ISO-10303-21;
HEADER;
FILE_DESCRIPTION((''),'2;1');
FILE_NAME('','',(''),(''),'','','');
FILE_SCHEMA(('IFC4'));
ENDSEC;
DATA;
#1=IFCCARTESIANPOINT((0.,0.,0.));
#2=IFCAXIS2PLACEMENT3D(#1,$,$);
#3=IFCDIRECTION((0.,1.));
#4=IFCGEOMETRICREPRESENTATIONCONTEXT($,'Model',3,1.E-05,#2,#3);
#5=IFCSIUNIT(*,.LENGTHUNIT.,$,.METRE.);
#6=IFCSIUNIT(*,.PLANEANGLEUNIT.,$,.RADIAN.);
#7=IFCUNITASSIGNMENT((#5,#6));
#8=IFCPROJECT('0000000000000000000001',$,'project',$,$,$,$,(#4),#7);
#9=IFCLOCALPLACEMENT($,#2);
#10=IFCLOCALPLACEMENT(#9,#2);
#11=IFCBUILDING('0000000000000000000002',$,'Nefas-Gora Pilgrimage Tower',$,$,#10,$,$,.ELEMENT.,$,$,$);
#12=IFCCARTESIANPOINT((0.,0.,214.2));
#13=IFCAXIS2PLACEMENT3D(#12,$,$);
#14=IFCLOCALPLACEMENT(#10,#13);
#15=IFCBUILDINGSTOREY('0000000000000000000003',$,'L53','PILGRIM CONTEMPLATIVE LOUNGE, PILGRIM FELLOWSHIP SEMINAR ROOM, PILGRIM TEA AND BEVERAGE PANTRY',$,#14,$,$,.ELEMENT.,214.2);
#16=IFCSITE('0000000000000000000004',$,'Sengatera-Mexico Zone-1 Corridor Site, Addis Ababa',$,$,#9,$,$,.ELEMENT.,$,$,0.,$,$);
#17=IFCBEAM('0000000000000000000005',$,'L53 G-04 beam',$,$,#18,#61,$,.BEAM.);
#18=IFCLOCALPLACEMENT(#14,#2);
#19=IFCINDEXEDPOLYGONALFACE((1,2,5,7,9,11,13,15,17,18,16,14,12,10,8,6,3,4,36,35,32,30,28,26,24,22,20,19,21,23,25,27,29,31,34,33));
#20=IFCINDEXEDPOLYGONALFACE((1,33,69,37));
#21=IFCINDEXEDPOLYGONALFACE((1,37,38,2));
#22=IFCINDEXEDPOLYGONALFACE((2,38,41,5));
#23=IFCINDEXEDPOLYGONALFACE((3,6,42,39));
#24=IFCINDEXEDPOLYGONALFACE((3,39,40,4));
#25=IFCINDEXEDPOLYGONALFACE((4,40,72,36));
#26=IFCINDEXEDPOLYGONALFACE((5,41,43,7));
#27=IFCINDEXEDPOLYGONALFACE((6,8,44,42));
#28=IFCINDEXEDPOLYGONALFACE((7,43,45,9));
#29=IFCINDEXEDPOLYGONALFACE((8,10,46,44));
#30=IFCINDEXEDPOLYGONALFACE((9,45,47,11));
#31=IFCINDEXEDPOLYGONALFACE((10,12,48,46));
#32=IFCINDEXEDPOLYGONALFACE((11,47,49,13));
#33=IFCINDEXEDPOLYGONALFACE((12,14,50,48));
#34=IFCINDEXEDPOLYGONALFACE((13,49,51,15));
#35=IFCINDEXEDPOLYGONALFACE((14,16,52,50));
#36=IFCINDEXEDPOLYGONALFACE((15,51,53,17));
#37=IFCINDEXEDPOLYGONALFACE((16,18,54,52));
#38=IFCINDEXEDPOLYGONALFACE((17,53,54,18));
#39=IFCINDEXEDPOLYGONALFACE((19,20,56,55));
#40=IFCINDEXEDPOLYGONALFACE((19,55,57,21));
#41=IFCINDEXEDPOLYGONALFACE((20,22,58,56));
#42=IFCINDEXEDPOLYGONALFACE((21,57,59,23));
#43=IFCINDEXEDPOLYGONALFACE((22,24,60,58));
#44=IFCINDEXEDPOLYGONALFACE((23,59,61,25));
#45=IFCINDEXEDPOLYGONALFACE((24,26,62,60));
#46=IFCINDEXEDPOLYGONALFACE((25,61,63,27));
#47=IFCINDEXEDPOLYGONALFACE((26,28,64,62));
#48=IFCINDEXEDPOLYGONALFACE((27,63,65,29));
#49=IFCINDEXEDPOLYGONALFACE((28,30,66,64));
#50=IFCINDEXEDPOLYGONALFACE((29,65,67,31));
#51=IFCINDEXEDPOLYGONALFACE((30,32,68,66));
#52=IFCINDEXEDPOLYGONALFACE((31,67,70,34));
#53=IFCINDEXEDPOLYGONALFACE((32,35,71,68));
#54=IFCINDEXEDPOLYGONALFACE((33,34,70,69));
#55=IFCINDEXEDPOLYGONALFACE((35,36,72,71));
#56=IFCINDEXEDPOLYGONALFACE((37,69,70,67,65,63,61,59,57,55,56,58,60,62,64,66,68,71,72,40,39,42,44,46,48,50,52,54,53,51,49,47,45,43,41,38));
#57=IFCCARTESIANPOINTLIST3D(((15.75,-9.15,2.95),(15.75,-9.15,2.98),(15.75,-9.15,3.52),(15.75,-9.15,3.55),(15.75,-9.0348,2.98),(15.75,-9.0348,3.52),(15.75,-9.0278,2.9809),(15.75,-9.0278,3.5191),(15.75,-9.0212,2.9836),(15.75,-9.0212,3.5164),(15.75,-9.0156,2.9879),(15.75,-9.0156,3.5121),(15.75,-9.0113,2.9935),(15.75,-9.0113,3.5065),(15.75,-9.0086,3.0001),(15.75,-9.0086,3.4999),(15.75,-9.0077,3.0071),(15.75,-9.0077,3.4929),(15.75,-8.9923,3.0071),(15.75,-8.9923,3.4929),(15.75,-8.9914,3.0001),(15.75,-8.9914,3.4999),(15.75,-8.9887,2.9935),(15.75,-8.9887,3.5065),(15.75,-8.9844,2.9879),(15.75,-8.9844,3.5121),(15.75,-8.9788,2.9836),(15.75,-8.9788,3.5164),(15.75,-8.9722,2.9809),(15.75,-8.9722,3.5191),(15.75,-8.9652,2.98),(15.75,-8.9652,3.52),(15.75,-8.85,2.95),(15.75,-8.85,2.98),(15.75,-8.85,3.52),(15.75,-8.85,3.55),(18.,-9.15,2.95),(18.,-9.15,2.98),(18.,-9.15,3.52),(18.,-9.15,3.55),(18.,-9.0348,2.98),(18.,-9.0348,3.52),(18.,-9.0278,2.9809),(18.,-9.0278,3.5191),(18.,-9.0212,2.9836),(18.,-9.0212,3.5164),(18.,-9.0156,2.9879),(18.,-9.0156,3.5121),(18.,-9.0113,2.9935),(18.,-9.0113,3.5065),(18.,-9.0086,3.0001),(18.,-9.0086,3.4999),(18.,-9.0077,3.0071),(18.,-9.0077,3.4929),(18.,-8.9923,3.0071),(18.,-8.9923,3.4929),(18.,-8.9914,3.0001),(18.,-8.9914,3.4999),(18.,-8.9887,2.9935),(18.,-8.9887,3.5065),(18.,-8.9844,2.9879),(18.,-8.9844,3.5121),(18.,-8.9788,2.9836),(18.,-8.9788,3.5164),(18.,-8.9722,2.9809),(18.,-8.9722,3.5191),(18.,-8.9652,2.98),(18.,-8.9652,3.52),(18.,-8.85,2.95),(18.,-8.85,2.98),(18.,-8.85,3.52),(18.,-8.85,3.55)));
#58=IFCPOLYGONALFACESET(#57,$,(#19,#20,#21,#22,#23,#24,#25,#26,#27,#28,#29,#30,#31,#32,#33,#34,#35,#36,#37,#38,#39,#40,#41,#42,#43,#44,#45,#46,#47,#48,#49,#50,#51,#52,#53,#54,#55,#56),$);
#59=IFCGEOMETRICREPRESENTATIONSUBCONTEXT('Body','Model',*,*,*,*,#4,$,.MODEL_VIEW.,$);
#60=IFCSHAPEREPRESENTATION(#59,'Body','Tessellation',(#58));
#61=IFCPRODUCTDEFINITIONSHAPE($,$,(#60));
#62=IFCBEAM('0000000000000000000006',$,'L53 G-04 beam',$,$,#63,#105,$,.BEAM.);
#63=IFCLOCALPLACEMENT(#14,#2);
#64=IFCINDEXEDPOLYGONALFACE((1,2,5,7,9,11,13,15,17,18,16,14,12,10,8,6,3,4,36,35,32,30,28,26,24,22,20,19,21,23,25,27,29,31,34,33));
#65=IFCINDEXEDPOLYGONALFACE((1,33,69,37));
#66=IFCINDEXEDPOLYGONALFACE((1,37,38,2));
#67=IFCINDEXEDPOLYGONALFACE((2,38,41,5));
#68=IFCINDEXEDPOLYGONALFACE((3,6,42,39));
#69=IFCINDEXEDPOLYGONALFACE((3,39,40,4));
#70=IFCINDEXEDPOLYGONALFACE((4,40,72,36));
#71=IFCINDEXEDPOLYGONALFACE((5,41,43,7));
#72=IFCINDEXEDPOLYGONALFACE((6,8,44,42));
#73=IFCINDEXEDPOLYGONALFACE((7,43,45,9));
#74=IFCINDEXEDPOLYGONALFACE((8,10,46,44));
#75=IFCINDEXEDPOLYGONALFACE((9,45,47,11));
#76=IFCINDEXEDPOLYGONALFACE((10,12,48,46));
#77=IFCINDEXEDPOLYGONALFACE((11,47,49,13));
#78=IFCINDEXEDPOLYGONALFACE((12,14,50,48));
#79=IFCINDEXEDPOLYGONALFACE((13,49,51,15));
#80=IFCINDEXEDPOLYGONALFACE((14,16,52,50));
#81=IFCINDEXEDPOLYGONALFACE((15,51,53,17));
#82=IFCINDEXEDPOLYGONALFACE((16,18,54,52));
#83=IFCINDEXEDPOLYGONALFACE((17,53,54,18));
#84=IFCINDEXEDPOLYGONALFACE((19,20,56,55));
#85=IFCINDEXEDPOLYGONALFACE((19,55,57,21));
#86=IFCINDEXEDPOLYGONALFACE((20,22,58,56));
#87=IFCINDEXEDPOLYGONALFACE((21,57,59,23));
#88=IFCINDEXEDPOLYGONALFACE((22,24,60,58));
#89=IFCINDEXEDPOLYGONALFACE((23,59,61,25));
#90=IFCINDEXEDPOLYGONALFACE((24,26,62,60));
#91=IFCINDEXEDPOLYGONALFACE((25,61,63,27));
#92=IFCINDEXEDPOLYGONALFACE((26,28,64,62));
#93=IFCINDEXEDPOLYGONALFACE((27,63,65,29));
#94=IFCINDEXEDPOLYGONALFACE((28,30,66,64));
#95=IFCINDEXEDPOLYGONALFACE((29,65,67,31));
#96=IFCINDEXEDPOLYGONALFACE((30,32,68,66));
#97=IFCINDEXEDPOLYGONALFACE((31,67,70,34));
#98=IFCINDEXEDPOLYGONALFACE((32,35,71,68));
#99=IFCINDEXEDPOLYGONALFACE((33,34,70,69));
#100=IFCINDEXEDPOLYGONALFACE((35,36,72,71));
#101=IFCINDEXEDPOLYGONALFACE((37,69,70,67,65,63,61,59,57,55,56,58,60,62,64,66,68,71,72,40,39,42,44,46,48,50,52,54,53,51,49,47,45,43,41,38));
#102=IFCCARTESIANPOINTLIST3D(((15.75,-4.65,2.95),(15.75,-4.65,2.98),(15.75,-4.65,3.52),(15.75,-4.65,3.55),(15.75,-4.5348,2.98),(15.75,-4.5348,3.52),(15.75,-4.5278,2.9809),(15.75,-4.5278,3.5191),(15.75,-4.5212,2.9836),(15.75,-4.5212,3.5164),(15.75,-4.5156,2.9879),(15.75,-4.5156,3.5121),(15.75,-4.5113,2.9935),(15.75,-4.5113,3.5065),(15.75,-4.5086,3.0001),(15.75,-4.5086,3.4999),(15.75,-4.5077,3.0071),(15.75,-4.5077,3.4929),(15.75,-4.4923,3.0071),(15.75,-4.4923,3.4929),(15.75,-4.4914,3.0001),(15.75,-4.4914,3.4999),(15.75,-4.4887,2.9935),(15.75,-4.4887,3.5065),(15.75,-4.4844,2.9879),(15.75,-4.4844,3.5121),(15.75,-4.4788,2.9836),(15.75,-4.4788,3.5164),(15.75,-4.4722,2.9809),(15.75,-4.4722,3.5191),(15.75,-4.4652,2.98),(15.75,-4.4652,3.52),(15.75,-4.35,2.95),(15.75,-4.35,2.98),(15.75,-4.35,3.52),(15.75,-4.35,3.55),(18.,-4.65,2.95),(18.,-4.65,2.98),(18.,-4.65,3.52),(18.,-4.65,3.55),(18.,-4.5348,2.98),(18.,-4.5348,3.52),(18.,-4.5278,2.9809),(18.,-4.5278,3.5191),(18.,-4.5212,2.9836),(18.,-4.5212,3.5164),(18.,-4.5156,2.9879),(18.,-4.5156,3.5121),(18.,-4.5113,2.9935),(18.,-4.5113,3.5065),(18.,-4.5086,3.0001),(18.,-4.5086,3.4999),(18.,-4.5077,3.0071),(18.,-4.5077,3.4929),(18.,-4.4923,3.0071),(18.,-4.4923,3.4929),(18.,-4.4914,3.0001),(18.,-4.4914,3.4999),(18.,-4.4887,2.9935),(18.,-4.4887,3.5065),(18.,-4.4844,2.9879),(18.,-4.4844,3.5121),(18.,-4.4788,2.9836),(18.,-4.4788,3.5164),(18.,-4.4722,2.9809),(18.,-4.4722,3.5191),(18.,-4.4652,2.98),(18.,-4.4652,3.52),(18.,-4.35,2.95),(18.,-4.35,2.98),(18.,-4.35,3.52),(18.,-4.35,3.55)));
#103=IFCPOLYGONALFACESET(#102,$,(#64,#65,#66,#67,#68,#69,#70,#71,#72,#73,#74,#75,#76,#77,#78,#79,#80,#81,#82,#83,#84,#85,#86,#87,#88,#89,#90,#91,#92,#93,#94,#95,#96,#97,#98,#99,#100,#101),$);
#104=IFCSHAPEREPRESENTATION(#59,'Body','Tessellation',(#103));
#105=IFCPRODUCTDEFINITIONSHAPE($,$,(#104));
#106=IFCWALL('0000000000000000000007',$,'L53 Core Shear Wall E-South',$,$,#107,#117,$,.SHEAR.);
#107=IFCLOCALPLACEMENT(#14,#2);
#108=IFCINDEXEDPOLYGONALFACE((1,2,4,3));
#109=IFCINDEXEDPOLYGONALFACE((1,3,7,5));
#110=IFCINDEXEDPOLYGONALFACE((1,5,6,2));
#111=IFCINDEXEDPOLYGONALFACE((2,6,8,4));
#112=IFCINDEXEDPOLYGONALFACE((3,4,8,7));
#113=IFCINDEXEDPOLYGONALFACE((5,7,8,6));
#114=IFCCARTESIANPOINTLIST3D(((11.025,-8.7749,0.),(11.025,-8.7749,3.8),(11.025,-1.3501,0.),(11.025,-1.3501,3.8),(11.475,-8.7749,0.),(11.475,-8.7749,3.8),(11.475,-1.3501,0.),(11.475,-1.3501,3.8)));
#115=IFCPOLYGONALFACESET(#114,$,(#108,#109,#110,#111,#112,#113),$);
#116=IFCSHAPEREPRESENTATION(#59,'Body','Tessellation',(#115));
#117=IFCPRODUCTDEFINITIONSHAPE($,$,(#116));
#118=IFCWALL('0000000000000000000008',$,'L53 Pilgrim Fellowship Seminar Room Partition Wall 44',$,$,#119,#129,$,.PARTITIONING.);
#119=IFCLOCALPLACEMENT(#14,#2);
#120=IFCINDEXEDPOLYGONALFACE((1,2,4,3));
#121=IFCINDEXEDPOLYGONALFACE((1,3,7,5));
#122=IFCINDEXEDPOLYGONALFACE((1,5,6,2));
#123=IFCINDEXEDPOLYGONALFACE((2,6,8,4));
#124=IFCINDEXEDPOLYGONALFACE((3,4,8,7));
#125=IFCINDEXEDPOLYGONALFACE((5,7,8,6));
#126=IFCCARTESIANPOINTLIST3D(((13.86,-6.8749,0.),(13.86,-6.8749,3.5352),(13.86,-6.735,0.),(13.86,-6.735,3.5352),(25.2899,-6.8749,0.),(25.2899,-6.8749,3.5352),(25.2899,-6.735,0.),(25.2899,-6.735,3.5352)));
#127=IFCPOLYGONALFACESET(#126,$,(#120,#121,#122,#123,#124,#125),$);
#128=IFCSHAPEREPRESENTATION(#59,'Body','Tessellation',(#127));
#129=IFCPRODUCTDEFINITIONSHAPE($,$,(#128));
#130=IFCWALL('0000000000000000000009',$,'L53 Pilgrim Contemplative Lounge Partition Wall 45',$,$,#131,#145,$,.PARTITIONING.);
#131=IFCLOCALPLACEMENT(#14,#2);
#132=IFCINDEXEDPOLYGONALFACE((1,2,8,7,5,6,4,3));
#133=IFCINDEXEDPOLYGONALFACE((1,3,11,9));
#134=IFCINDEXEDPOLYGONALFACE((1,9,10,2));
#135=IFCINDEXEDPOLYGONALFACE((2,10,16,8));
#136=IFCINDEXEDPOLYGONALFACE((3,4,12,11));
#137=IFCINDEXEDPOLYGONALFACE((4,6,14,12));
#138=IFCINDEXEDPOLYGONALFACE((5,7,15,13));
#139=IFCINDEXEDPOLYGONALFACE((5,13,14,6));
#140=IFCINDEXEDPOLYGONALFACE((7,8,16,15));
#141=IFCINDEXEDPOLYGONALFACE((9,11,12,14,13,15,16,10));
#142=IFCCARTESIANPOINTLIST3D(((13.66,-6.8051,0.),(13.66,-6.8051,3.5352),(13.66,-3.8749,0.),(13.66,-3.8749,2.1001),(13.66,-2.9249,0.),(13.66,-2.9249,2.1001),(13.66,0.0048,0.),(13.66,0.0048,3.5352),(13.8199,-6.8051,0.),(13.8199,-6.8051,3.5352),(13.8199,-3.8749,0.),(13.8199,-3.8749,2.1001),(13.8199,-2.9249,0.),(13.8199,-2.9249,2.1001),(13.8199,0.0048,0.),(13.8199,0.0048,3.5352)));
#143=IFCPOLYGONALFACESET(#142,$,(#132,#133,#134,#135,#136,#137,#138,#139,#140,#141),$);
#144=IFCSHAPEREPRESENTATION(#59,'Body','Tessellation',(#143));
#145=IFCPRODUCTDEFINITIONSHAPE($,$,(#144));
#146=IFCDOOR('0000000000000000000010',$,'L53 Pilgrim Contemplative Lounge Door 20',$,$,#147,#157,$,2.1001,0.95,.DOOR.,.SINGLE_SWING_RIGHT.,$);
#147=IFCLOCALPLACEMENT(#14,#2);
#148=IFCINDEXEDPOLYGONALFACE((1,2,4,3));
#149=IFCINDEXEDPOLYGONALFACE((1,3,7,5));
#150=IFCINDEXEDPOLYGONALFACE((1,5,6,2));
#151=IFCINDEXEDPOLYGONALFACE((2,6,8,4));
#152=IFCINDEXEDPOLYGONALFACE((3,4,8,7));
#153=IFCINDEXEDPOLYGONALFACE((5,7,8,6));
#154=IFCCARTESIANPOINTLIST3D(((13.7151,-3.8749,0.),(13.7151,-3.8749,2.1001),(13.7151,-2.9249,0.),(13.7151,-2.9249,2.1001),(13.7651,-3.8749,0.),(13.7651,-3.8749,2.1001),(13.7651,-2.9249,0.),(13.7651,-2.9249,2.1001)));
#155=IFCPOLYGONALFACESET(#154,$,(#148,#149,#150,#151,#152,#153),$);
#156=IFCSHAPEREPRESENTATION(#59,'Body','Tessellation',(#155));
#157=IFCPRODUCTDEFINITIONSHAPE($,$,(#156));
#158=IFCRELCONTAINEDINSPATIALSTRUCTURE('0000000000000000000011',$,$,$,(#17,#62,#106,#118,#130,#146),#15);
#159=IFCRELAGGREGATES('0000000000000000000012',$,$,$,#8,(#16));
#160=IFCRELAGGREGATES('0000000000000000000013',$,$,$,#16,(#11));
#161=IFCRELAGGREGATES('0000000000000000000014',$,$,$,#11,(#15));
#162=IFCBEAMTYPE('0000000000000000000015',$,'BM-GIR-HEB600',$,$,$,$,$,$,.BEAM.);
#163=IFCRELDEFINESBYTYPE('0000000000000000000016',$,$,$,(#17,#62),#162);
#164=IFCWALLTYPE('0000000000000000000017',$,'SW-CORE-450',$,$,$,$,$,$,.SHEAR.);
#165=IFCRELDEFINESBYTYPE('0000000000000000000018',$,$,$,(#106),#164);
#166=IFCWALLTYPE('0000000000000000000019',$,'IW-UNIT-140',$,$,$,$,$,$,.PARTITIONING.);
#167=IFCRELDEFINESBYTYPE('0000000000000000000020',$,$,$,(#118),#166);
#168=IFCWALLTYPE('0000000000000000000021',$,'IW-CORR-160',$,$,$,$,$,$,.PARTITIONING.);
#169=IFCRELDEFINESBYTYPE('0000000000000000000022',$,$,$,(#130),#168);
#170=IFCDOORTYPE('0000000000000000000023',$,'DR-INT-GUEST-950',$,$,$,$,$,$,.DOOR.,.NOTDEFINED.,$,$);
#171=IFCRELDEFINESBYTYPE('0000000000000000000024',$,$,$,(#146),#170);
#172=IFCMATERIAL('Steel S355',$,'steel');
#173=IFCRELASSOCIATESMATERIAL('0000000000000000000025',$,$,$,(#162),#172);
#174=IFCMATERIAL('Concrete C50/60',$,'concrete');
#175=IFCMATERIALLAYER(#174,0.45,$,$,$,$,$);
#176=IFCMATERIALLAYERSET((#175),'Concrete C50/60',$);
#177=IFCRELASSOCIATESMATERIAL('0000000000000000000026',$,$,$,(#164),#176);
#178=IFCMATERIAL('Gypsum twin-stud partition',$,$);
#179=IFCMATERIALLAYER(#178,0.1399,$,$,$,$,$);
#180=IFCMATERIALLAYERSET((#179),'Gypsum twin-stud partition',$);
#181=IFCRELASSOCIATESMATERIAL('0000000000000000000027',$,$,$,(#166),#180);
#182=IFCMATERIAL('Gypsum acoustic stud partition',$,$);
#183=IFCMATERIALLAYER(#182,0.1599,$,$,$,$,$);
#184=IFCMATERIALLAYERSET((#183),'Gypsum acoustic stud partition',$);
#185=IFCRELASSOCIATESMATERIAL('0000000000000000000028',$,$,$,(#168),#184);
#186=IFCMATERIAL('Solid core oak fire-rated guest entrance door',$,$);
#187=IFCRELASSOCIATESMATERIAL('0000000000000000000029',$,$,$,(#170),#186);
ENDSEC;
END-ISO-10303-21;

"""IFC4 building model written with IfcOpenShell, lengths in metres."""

from ifc_helpers import new_model, si_unit, direction, frame, frame_2d, origin, origin_2d, place, context, subcontext, project, spatial, rectangle, i_section, extrude, source, transform, mapped, material, layer, layer_set, material_profile, profile_set, type_object, element, fill, save


model = new_model("IFC4")

# Units and contexts
model_context = context("Model", 3, precision=1e-05, world=origin(), true_north=direction((0.0, 1.0)))
body_context = subcontext(model_context, "Body", "Model", "MODEL_VIEW")
ifc_project = project(units=[si_unit("LENGTHUNIT", "METRE"), si_unit("PLANEANGLEUNIT", "RADIAN")], contexts=[model_context])

# Site, building, storey
site_placement = place(None, origin())
site = spatial("IfcSite", under=ifc_project, at=site_placement, Name="Sengatera-Mexico Zone-1 Corridor Site, Addis Ababa", CompositionType="ELEMENT", RefElevation=0.0)
building_placement = place(site_placement, origin())
building = spatial("IfcBuilding", under=site, at=building_placement, Name="Nefas-Gora Pilgrimage Tower", CompositionType="ELEMENT")
storey_placement = place(building_placement, frame((0.0, 0.0, 214.2)))
storey = spatial("IfcBuildingStorey", under=building, at=storey_placement, Name="L53", Description="PILGRIM CONTEMPLATIVE LOUNGE, PILGRIM FELLOWSHIP SEMINAR ROOM, PILGRIM TEA AND BEVERAGE PANTRY", CompositionType="ELEMENT", Elevation=214.2)

# Beams
ifc_material_1 = material(Name="Concrete C50/60", Category="concrete")
ifc_material_2 = material(Name="Steel S355", Category="steel")
ifc_material_profile_1 = material_profile(ifc_material_2, i_section(OverallWidth=0.3, OverallDepth=0.6001, WebThickness=0.0154, FlangeThickness=0.03, FilletRadius=0.0271, at=origin_2d()), Name="HEB 600")
ifc_profile_set_1 = profile_set([ifc_material_profile_1], Name="Steel S355")
beam_type_1 = type_object("IfcBeamType", Name="BM-GIR-HEB600", PredefinedType="BEAM", material=ifc_profile_set_1)
shared_shape_1 = source(origin(), body_context, "Body", "SweptSolid", [
    extrude(i_section(OverallWidth=0.3, OverallDepth=0.6001, WebThickness=0.0154, FlangeThickness=0.03, FilletRadius=0.0271, at=origin_2d()), origin(), (0.0, 0.0, 1.0), 2.25),
])
for number, where, z_axis, x_axis, name in (
    (1, (15.75, -9.0, 3.25), (1.0, 0.0, 0.0), (0.0, 1.0, 0.0), "L53 G-04 beam"),
    (2, (15.75, -4.5, 3.25), (1.0, 0.0, 0.0), (0.0, 1.0, 0.0), "L53 G-04 beam"),
):
    element("IfcBeam", number, at=place(storey_placement, frame(where, z_axis=z_axis, x_axis=x_axis)), inside=storey, type_object=beam_type_1, Name=name, PredefinedType="BEAM", context=body_context, shape_type="MappedRepresentation", body=[
        mapped(shared_shape_1, transform((0.0, 0.0, 0.0), x_axis=(1.0, 0.0, 0.0), y_axis=(0.0, 1.0, 0.0), z_axis=(0.0, 0.0, 1.0), scale=1.0)),
    ])

# Walls
ifc_layer_1 = layer(ifc_material_1, 0.45)
ifc_layer_set_1 = layer_set([ifc_layer_1], Name="Concrete C50/60")
wall_type_1 = type_object("IfcWallType", Name="SW-CORE-450", PredefinedType="SHEAR", material=ifc_layer_set_1)
shared_shape_2 = source(origin(), body_context, "Body", "SweptSolid", [
    extrude(rectangle(XDim=7.4248, YDim=0.45, at=frame_2d((3.7124, 0.0))), origin(), (0.0, 0.0, 1.0), 3.8),
])
wall_1_placement = place(storey_placement, frame((11.25, -8.7749, 0.0), z_axis=(0.0, 0.0, 1.0), x_axis=(0.0, 1.0, 0.0)))
element("IfcWall", 3, at=wall_1_placement, inside=storey, type_object=wall_type_1, Name="L53 Core Shear Wall E-South", PredefinedType="SHEAR", context=body_context, shape_type="MappedRepresentation", body=[
    mapped(shared_shape_2, transform((0.0, 0.0, 0.0), x_axis=(1.0, 0.0, 0.0), y_axis=(0.0, 1.0, 0.0), z_axis=(0.0, 0.0, 1.0), scale=1.0)),
])
ifc_material_3 = material(Name="Gypsum twin-stud partition")
ifc_layer_2 = layer(ifc_material_3, 0.1399)
ifc_layer_set_2 = layer_set([ifc_layer_2], Name="Gypsum twin-stud partition")
wall_type_2 = type_object("IfcWallType", Name="IW-UNIT-140", PredefinedType="PARTITIONING", material=ifc_layer_set_2)
shared_shape_3 = source(origin(), body_context, "Body", "SweptSolid", [
    extrude(rectangle(XDim=11.4299, YDim=0.1399, at=frame_2d((5.7148, 0.0))), origin(), (0.0, 0.0, 1.0), 3.5352),
])
wall_2_placement = place(storey_placement, frame((13.8601, -6.8049, 0.0), z_axis=(0.0, 0.0, 1.0), x_axis=(1.0, 0.0, 0.0)))
element("IfcWall", 4, at=wall_2_placement, inside=storey, type_object=wall_type_2, Name="L53 Pilgrim Fellowship Seminar Room Partition Wall 44", PredefinedType="PARTITIONING", context=body_context, shape_type="MappedRepresentation", body=[
    mapped(shared_shape_3, transform((0.0, 0.0, 0.0), x_axis=(1.0, 0.0, 0.0), y_axis=(0.0, 1.0, 0.0), z_axis=(0.0, 0.0, 1.0), scale=1.0)),
])

# Wall, opening, door
ifc_material_4 = material(Name="Gypsum acoustic stud partition")
ifc_layer_3 = layer(ifc_material_4, 0.1599)
ifc_layer_set_3 = layer_set([ifc_layer_3], Name="Gypsum acoustic stud partition")
wall_type_3 = type_object("IfcWallType", Name="IW-CORR-160", PredefinedType="PARTITIONING", material=ifc_layer_set_3)
shared_shape_4 = source(origin(), body_context, "Body", "SweptSolid", [
    extrude(rectangle(XDim=6.8098, YDim=0.1599, at=frame_2d((3.4048, 0.0))), origin(), (0.0, 0.0, 1.0), 3.5352),
])
wall_3_placement = place(storey_placement, frame((13.74, -6.8049, 0.0), z_axis=(0.0, 0.0, 1.0), x_axis=(0.0, 1.0, 0.0)))
wall_3 = element("IfcWall", 5, at=wall_3_placement, inside=storey, type_object=wall_type_3, Name="L53 Pilgrim Contemplative Lounge Partition Wall 45", PredefinedType="PARTITIONING", context=body_context, shape_type="MappedRepresentation", body=[
    mapped(shared_shape_4, transform((0.0, 0.0, 0.0), x_axis=(1.0, 0.0, 0.0), y_axis=(0.0, 1.0, 0.0), z_axis=(0.0, 0.0, 1.0), scale=1.0)),
])
opening_1_placement = place(wall_3_placement, frame((2.9299, 0.0, 0.0)))
opening_1 = element("IfcOpeningElement", 6, at=opening_1_placement, cuts=wall_3, PredefinedType="OPENING", context=body_context, shape_type="SweptSolid", body=[
    extrude(rectangle(XDim=0.95, YDim=2.1001, at=frame_2d((0.4751, 1.05))), frame((0.0, 0.0898, 0.0), z_axis=(0.0, -1.0, 0.0), x_axis=(1.0, 0.0, 0.0)), (0.0, 0.0, 1.0), 0.1799),
])
ifc_material_5 = material(Name="Solid core oak fire-rated guest entrance door")
door_type_1 = type_object("IfcDoorType", Name="DR-INT-GUEST-950", OperationType="NOTDEFINED", PredefinedType="DOOR", material=ifc_material_5)
shared_shape_5 = source(origin(), body_context, "Body", "SweptSolid", [
    extrude(rectangle(XDim=0.95, YDim=2.1001, at=frame_2d((0.4751, 1.05))), frame((0.0, 0.0249, 0.0), z_axis=(0.0, -1.0, 0.0), x_axis=(1.0, 0.0, 0.0)), (0.0, 0.0, 1.0), 0.05),
])
door_1_placement = place(opening_1_placement, origin())
door_1 = element("IfcDoor", 7, at=door_1_placement, inside=storey, type_object=door_type_1, Name="L53 Pilgrim Contemplative Lounge Door 20", OperationType="SINGLE_SWING_RIGHT", OverallHeight=2.1001, OverallWidth=0.95, PredefinedType="DOOR", context=body_context, shape_type="MappedRepresentation", body=[
    mapped(shared_shape_5, transform((0.0, 0.0, 0.0), x_axis=(1.0, 0.0, 0.0), y_axis=(0.0, 1.0, 0.0), z_axis=(0.0, 0.0, 1.0), scale=1.0)),
])
fill(opening_1, door_1)

save(model, "model.ifc")
